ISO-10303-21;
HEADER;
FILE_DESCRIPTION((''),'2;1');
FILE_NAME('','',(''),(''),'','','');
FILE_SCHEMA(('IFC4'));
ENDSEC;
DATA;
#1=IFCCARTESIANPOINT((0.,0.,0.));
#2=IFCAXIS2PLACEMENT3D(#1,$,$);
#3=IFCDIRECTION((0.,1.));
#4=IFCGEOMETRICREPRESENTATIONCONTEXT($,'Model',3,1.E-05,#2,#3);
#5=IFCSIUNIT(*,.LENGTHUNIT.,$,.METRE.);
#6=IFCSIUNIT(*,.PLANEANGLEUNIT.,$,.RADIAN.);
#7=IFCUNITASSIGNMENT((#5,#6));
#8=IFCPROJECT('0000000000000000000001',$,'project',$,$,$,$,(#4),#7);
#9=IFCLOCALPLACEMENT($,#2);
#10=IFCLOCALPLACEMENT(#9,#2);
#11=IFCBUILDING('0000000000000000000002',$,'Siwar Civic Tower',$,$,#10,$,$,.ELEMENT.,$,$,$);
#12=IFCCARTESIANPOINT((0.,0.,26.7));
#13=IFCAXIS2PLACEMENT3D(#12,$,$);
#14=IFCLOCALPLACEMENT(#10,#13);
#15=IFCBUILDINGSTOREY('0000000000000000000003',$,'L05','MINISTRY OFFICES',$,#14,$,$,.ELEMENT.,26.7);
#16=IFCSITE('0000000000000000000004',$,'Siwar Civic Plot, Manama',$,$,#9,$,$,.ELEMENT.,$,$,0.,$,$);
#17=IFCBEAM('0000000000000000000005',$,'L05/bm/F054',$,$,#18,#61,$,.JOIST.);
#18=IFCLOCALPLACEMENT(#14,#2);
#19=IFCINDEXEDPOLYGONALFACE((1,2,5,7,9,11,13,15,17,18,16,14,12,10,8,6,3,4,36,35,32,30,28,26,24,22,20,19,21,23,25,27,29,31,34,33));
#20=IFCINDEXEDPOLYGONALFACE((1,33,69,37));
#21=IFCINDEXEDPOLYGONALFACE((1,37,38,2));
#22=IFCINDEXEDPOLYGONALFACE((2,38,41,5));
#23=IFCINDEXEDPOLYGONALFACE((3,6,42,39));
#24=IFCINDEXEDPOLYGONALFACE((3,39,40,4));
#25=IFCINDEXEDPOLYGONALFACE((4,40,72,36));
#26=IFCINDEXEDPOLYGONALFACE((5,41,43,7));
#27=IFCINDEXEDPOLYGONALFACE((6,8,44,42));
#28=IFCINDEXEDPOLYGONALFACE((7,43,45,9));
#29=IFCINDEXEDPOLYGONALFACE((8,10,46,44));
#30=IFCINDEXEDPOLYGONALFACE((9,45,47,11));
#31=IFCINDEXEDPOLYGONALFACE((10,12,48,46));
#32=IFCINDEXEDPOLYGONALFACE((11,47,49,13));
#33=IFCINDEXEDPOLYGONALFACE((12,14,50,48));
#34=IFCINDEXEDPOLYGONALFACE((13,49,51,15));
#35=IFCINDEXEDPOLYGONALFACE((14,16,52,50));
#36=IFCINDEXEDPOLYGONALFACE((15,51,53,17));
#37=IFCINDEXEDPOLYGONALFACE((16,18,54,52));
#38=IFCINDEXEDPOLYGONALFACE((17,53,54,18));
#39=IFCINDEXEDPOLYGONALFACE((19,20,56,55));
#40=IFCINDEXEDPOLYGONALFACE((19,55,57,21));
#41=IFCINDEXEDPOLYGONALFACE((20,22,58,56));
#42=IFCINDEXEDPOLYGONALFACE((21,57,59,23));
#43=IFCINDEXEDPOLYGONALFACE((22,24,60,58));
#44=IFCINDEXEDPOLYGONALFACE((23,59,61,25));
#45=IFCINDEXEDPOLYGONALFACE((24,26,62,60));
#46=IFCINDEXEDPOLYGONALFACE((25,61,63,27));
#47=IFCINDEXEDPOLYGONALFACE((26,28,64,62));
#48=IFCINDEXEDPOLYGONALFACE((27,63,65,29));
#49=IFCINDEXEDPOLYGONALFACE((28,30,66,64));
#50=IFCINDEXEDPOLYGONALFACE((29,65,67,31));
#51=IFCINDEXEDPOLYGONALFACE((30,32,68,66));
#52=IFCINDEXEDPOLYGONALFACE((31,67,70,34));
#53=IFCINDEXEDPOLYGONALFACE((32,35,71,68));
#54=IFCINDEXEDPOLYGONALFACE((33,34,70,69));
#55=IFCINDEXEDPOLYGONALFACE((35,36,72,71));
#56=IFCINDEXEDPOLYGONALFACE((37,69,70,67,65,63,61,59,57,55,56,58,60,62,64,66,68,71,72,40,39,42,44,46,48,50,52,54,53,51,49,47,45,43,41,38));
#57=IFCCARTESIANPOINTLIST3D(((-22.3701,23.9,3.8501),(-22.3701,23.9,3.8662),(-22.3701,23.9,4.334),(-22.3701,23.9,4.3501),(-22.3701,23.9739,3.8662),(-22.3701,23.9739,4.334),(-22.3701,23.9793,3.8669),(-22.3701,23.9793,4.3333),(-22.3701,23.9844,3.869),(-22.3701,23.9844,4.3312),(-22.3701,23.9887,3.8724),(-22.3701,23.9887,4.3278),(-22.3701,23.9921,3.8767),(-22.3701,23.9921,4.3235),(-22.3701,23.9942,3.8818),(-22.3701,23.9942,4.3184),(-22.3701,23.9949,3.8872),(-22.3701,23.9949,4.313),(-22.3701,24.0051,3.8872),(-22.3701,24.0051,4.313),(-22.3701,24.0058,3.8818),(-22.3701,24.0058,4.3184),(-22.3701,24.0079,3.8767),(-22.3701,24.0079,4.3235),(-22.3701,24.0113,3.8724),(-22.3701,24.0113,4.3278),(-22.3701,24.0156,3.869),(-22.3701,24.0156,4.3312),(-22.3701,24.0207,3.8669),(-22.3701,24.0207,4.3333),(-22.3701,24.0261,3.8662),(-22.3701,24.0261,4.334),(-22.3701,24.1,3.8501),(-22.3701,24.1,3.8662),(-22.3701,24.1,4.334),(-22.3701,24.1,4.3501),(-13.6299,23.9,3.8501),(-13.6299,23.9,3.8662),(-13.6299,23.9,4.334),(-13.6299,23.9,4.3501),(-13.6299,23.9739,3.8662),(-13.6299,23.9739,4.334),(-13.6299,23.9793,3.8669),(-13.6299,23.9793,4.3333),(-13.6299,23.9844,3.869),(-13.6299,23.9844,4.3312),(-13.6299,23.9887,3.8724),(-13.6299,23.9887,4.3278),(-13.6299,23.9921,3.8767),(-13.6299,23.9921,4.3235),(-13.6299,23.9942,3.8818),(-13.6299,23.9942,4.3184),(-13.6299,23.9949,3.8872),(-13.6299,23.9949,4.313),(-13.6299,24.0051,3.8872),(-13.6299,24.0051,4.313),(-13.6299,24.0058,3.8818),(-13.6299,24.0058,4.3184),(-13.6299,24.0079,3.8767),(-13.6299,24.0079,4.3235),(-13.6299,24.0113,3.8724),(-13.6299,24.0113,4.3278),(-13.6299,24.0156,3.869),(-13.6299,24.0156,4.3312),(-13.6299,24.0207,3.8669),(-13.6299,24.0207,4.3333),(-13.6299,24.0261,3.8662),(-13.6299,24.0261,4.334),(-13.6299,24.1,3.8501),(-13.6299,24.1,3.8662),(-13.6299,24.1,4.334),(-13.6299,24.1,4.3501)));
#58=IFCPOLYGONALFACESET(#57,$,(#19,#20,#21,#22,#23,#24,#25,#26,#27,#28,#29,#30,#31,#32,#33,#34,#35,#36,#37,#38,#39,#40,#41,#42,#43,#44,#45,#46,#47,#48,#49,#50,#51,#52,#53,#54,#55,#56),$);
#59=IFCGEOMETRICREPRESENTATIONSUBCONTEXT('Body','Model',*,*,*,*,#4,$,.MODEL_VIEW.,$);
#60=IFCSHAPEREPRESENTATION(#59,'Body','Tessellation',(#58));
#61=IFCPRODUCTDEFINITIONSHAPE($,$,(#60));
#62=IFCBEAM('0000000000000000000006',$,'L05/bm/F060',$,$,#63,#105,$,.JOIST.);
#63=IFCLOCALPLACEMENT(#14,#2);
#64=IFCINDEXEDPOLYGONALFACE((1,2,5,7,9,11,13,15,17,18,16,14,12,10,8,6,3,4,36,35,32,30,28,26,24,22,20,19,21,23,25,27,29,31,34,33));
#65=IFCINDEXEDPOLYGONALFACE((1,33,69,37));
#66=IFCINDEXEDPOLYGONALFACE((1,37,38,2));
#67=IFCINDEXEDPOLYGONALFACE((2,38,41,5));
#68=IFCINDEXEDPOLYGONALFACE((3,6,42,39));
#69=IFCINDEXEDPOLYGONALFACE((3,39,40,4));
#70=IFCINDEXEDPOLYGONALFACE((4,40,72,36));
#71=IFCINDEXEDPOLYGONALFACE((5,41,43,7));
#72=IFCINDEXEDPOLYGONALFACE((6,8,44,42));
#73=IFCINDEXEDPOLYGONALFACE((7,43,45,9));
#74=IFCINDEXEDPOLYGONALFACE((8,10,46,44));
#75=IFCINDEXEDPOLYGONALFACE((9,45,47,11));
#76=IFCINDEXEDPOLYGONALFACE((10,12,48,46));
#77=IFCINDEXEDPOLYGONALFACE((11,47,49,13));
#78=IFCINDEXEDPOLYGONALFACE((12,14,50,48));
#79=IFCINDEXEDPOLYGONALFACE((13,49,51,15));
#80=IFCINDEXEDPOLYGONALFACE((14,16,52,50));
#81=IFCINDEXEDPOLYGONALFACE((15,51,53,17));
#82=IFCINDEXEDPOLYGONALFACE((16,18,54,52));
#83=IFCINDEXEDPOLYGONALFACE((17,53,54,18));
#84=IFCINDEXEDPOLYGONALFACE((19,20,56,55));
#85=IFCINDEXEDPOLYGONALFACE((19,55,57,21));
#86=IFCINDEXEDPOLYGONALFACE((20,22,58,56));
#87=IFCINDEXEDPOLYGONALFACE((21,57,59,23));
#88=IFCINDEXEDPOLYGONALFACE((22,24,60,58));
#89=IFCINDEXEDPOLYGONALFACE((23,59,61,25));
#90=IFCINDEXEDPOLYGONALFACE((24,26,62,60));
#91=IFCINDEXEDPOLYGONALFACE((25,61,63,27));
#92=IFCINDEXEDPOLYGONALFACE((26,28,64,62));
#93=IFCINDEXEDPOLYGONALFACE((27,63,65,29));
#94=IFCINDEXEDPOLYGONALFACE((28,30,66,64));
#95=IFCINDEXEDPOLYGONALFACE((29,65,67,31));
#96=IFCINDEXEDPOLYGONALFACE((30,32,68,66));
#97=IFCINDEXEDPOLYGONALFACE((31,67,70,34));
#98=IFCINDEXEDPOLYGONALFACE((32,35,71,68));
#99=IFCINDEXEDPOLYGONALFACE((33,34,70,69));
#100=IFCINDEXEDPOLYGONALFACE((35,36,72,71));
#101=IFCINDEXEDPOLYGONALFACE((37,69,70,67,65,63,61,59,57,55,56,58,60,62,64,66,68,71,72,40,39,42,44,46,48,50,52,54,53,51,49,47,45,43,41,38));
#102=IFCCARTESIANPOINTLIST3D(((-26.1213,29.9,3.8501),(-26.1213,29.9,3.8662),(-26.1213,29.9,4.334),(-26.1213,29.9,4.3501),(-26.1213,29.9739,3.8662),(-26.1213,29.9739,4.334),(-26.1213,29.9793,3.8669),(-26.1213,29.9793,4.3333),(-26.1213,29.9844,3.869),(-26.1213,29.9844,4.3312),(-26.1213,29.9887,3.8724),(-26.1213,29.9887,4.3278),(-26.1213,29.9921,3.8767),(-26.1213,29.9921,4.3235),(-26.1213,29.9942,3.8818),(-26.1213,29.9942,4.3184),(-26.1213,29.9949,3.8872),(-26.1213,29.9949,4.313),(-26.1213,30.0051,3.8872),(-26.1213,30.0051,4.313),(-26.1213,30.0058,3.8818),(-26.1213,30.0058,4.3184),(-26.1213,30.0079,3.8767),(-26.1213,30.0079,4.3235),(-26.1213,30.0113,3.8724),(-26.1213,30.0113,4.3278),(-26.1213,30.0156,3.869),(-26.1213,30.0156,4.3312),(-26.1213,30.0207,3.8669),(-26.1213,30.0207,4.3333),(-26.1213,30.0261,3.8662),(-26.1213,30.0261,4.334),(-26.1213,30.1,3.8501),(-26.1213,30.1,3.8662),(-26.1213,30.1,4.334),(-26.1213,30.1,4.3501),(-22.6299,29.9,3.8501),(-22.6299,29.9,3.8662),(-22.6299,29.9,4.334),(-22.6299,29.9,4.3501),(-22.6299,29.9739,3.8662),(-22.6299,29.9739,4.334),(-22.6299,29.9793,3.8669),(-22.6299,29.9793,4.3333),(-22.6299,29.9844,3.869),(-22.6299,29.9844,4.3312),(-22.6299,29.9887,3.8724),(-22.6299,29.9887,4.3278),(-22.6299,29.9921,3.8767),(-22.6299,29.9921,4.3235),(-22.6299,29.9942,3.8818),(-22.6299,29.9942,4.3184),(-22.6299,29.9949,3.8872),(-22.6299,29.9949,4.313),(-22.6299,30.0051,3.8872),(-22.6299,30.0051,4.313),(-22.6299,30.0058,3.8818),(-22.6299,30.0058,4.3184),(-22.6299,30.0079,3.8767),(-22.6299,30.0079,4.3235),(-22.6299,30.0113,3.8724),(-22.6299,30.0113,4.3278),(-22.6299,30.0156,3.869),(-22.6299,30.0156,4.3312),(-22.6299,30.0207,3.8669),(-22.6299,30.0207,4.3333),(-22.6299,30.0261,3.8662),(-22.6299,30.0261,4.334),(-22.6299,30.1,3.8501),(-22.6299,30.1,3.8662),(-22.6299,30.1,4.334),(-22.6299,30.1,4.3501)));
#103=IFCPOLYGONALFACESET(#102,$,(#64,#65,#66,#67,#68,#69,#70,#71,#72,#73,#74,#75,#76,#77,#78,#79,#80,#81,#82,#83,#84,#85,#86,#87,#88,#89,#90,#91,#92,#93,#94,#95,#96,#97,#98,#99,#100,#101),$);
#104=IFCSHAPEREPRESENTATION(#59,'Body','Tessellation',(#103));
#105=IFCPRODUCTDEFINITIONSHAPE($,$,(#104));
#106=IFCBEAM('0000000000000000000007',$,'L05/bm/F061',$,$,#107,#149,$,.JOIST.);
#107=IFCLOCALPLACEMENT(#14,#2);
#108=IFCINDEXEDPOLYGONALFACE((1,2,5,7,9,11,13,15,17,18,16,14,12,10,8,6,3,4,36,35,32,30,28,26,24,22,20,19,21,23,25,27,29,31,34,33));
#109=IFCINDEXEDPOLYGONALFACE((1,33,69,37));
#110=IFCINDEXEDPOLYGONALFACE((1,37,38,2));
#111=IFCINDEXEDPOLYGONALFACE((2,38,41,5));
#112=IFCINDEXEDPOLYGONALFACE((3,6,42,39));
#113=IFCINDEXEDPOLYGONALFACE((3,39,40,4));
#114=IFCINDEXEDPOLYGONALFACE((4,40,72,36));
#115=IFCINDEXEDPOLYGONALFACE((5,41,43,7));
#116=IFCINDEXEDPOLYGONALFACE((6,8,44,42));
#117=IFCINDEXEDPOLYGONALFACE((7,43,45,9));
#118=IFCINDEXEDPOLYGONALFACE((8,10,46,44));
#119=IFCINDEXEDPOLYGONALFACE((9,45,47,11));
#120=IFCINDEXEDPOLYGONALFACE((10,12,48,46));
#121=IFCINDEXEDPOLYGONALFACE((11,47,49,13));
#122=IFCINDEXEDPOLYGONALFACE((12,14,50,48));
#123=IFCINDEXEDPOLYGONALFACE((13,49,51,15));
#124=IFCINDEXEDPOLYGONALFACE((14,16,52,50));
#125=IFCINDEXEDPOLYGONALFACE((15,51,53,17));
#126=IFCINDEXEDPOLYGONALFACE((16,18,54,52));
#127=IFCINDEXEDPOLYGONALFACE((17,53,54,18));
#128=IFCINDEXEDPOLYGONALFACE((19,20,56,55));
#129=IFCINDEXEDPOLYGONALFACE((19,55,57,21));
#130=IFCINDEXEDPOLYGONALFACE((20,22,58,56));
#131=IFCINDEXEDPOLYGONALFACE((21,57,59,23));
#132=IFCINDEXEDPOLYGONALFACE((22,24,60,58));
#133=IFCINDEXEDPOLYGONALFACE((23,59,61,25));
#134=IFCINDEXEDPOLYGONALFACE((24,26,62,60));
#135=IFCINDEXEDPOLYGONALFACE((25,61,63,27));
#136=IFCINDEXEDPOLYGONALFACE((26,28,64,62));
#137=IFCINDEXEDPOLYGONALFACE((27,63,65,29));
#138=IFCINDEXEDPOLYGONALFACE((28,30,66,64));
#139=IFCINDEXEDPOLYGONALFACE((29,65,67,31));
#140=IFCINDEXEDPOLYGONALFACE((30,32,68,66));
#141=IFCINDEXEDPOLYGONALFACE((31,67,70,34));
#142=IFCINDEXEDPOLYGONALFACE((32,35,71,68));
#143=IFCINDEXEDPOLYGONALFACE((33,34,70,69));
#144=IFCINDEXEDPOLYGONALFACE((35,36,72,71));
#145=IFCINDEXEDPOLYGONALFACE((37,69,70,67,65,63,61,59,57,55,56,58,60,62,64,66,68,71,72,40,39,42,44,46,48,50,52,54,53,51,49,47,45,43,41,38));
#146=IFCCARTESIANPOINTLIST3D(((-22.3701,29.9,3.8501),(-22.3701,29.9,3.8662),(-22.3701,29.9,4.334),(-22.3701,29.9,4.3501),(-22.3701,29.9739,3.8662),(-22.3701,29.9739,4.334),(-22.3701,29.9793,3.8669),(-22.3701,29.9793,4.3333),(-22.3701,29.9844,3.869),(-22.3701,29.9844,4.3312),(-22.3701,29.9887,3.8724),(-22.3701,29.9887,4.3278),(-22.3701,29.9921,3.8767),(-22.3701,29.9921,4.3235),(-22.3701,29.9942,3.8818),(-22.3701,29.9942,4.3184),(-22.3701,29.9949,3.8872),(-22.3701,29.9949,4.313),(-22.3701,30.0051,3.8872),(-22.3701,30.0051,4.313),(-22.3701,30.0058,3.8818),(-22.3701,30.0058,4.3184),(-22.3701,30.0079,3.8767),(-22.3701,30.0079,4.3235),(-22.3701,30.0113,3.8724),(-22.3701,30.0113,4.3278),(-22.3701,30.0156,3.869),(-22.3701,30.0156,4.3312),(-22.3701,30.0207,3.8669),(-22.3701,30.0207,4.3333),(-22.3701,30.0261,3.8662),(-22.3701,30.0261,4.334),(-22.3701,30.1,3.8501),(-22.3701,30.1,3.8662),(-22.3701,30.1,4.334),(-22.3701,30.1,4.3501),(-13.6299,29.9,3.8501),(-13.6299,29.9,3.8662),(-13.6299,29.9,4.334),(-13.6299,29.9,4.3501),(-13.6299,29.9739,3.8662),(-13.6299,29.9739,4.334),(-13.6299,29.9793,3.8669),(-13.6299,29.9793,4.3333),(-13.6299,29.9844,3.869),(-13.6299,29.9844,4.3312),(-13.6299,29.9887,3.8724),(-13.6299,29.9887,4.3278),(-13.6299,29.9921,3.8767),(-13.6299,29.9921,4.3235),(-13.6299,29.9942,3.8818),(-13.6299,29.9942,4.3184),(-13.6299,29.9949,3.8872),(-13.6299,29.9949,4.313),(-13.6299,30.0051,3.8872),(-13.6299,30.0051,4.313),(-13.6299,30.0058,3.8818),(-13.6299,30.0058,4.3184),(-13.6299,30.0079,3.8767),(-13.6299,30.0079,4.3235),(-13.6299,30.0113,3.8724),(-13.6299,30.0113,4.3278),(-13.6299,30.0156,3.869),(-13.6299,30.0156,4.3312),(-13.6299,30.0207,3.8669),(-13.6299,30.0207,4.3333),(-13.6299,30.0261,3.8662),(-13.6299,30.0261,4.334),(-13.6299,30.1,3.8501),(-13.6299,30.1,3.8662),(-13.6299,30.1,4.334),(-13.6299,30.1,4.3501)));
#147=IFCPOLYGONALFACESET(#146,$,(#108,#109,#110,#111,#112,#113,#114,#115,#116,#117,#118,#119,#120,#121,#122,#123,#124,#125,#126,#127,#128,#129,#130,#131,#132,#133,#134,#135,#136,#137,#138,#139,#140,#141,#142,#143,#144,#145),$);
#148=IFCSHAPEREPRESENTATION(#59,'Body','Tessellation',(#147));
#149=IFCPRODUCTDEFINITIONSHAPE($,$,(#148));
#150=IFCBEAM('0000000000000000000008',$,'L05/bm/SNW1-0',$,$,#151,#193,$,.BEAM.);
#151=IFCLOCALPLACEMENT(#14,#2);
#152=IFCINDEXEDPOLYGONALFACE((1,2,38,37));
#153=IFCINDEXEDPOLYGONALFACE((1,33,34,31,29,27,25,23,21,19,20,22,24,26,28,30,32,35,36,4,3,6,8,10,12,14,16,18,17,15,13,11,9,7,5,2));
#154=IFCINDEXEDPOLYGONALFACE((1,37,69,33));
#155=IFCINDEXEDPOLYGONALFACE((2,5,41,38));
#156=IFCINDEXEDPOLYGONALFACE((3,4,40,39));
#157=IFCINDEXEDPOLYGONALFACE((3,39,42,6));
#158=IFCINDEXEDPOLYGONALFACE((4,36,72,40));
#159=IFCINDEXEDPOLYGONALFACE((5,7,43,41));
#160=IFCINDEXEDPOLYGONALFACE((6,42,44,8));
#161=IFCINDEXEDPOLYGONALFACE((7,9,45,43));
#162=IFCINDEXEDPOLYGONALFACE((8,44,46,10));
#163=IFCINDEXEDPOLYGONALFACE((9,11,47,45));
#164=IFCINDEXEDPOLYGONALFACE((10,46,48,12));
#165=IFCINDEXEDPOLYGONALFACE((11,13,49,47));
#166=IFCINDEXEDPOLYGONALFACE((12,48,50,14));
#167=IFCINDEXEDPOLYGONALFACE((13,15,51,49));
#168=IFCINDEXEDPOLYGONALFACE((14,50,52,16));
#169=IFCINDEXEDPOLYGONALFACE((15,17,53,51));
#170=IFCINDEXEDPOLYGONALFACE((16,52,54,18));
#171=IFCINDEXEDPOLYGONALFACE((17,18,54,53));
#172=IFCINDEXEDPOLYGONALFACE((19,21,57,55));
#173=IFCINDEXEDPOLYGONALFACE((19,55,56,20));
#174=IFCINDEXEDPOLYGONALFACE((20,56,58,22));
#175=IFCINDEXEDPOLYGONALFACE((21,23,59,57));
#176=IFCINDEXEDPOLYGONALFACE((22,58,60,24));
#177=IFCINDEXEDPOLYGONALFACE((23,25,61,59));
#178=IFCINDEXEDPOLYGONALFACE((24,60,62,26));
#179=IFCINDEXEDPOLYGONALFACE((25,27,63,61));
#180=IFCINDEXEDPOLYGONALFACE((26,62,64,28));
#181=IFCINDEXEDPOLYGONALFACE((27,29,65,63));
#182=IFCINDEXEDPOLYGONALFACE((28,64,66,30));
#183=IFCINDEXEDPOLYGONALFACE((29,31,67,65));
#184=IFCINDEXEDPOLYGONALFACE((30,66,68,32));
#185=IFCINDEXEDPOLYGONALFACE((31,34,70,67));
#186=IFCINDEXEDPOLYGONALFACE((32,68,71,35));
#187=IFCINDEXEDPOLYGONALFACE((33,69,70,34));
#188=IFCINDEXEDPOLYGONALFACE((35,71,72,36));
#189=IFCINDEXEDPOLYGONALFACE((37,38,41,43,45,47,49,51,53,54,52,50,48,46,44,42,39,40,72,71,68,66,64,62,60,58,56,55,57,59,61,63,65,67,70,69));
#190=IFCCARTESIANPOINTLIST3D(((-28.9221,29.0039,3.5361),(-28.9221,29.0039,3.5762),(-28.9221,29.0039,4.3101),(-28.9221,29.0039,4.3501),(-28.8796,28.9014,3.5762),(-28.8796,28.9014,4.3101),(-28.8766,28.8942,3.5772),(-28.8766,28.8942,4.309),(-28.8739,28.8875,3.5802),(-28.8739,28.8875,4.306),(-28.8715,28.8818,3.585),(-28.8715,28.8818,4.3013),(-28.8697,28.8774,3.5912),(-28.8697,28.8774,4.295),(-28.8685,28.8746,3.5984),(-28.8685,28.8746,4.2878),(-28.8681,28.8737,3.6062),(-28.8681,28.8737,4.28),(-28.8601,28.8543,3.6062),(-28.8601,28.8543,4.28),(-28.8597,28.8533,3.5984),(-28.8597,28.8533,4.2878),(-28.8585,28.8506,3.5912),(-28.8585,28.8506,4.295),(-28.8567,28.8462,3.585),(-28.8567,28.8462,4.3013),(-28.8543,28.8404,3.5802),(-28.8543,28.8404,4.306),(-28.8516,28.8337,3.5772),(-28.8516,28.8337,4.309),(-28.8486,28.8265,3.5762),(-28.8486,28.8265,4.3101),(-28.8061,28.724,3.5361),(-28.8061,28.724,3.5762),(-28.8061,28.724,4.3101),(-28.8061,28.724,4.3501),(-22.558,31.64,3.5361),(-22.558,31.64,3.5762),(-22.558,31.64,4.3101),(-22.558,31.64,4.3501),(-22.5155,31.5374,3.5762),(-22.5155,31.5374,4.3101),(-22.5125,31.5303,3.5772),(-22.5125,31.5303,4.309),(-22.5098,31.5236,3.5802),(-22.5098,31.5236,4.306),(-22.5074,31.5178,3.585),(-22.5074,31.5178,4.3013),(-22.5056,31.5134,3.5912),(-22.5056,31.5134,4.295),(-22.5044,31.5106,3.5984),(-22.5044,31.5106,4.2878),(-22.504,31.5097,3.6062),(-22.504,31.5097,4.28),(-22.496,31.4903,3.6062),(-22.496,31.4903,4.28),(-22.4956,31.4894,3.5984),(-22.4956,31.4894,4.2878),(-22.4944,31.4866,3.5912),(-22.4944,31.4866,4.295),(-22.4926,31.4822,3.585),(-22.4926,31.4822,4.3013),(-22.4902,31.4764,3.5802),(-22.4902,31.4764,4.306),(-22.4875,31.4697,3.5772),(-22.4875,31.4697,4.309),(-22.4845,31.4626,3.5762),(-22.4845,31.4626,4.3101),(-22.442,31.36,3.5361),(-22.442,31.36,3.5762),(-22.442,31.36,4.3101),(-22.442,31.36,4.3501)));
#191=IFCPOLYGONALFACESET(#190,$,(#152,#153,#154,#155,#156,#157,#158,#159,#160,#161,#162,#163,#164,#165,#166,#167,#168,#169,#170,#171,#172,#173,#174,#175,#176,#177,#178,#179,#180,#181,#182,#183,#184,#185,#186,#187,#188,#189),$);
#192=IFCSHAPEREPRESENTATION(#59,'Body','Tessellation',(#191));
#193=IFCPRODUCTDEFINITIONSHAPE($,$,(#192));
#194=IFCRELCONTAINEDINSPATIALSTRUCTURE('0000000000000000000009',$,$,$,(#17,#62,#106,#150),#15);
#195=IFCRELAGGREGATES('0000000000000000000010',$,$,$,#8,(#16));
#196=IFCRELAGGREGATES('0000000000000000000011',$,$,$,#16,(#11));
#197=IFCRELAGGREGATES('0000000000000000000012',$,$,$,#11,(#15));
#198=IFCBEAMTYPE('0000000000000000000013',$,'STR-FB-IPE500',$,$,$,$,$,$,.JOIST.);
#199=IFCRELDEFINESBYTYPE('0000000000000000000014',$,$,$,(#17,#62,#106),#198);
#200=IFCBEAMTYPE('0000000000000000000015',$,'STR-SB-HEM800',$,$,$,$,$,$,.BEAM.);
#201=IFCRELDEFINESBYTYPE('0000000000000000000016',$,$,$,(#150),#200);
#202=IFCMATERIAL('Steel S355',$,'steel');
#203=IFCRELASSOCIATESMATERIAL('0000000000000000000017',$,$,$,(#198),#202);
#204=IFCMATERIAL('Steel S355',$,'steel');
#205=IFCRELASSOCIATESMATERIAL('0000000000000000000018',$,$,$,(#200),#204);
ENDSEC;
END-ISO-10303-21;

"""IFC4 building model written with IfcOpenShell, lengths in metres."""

from ifc_helpers import new_model, si_unit, direction, frame, origin, origin_2d, place, context, subcontext, project, spatial, i_section, extrude, material, material_profile, profile_set, type_object, element, save


model = new_model("IFC4")

# Units and contexts
model_context = context("Model", 3, precision=1e-05, world=origin(), true_north=direction((0.0, 1.0)))
body_context = subcontext(model_context, "Body", "Model", "MODEL_VIEW")
ifc_project = project(units=[si_unit("LENGTHUNIT", "METRE"), si_unit("PLANEANGLEUNIT", "RADIAN")], contexts=[model_context])

# Site, building, storey
site_placement = place(None, origin())
site = spatial("IfcSite", under=ifc_project, at=site_placement, Name="Siwar Civic Plot, Manama", CompositionType="ELEMENT", RefElevation=0.0)
building_placement = place(site_placement, origin())
building = spatial("IfcBuilding", under=site, at=building_placement, Name="Siwar Civic Tower", CompositionType="ELEMENT")
storey_placement = place(building_placement, frame((0.0, 0.0, 26.7)))
storey = spatial("IfcBuildingStorey", under=building, at=storey_placement, Name="L05", Description="MINISTRY OFFICES", CompositionType="ELEMENT", Elevation=26.7)

# Beams
ifc_material_1 = material(Name="Steel S355", Category="steel")
ifc_material_profile_1 = material_profile(ifc_material_1, i_section(OverallWidth=0.2, OverallDepth=0.5, WebThickness=0.0103, FlangeThickness=0.0161, FilletRadius=0.021, at=origin_2d()), Name="IPE500")
ifc_profile_set_1 = profile_set([ifc_material_profile_1], Name="Steel S355")
beam_type_1 = type_object("IfcBeamType", Name="STR-FB-IPE500", PredefinedType="JOIST", material=ifc_profile_set_1)
beam_1_placement = place(storey_placement, frame((-22.3701, 24.0, 4.1001), z_axis=(1.0, 0.0, 0.0), x_axis=(0.0, 1.0, 0.0)))
element("IfcBeam", 1, at=beam_1_placement, inside=storey, type_object=beam_type_1, Name="L05/bm/F054", PredefinedType="JOIST", context=body_context, shape_type="SweptSolid", body=[
    extrude(i_section(OverallWidth=0.2, OverallDepth=0.5, WebThickness=0.0103, FlangeThickness=0.0161, FilletRadius=0.021, at=origin_2d()), origin(), (0.0, 0.0, 1.0), 8.7402),
])
beam_2_placement = place(storey_placement, frame((-26.1213, 30.0, 4.1001), z_axis=(1.0, 0.0, 0.0), x_axis=(0.0, 1.0, 0.0)))
element("IfcBeam", 2, at=beam_2_placement, inside=storey, type_object=beam_type_1, Name="L05/bm/F060", PredefinedType="JOIST", context=body_context, shape_type="SweptSolid", body=[
    extrude(i_section(OverallWidth=0.2, OverallDepth=0.5, WebThickness=0.0103, FlangeThickness=0.0161, FilletRadius=0.021, at=origin_2d()), origin(), (0.0, 0.0, 1.0), 3.4915),
])
beam_3_placement = place(storey_placement, frame((-22.3701, 30.0, 4.1001), z_axis=(1.0, 0.0, 0.0), x_axis=(0.0, 1.0, 0.0)))
element("IfcBeam", 3, at=beam_3_placement, inside=storey, type_object=beam_type_1, Name="L05/bm/F061", PredefinedType="JOIST", context=body_context, shape_type="SweptSolid", body=[
    extrude(i_section(OverallWidth=0.2, OverallDepth=0.5, WebThickness=0.0103, FlangeThickness=0.0161, FilletRadius=0.021, at=origin_2d()), origin(), (0.0, 0.0, 1.0), 8.7402),
])
ifc_material_2 = material(Name="Steel S355", Category="steel")
ifc_material_profile_2 = material_profile(ifc_material_2, i_section(OverallWidth=0.303, OverallDepth=0.814, WebThickness=0.021, FlangeThickness=0.04, FilletRadius=0.03, at=origin_2d()), Name="HEM800")
ifc_profile_set_2 = profile_set([ifc_material_profile_2], Name="Steel S355")
beam_type_2 = type_object("IfcBeamType", Name="STR-SB-HEM800", PredefinedType="BEAM", material=ifc_profile_set_2)
for number, where, z_axis, x_axis, name in (
    (4, (-22.5, 31.5, 3.9431), (-0.923883, -0.382674, 0.0), (0.382674, -0.923883, 0.0), "L05/bm/SNW1-0"),
):
    element("IfcBeam", number, at=place(storey_placement, frame(where, z_axis=z_axis, x_axis=x_axis)), inside=storey, type_object=beam_type_2, Name=name, PredefinedType="BEAM", context=body_context, shape_type="SweptSolid", body=[
        extrude(i_section(OverallWidth=0.303, OverallDepth=0.814, WebThickness=0.021, FlangeThickness=0.04, FilletRadius=0.03, at=origin_2d()), origin(), (0.0, 0.0, 1.0), 6.8884),
    ])

save(model, "model.ifc")
